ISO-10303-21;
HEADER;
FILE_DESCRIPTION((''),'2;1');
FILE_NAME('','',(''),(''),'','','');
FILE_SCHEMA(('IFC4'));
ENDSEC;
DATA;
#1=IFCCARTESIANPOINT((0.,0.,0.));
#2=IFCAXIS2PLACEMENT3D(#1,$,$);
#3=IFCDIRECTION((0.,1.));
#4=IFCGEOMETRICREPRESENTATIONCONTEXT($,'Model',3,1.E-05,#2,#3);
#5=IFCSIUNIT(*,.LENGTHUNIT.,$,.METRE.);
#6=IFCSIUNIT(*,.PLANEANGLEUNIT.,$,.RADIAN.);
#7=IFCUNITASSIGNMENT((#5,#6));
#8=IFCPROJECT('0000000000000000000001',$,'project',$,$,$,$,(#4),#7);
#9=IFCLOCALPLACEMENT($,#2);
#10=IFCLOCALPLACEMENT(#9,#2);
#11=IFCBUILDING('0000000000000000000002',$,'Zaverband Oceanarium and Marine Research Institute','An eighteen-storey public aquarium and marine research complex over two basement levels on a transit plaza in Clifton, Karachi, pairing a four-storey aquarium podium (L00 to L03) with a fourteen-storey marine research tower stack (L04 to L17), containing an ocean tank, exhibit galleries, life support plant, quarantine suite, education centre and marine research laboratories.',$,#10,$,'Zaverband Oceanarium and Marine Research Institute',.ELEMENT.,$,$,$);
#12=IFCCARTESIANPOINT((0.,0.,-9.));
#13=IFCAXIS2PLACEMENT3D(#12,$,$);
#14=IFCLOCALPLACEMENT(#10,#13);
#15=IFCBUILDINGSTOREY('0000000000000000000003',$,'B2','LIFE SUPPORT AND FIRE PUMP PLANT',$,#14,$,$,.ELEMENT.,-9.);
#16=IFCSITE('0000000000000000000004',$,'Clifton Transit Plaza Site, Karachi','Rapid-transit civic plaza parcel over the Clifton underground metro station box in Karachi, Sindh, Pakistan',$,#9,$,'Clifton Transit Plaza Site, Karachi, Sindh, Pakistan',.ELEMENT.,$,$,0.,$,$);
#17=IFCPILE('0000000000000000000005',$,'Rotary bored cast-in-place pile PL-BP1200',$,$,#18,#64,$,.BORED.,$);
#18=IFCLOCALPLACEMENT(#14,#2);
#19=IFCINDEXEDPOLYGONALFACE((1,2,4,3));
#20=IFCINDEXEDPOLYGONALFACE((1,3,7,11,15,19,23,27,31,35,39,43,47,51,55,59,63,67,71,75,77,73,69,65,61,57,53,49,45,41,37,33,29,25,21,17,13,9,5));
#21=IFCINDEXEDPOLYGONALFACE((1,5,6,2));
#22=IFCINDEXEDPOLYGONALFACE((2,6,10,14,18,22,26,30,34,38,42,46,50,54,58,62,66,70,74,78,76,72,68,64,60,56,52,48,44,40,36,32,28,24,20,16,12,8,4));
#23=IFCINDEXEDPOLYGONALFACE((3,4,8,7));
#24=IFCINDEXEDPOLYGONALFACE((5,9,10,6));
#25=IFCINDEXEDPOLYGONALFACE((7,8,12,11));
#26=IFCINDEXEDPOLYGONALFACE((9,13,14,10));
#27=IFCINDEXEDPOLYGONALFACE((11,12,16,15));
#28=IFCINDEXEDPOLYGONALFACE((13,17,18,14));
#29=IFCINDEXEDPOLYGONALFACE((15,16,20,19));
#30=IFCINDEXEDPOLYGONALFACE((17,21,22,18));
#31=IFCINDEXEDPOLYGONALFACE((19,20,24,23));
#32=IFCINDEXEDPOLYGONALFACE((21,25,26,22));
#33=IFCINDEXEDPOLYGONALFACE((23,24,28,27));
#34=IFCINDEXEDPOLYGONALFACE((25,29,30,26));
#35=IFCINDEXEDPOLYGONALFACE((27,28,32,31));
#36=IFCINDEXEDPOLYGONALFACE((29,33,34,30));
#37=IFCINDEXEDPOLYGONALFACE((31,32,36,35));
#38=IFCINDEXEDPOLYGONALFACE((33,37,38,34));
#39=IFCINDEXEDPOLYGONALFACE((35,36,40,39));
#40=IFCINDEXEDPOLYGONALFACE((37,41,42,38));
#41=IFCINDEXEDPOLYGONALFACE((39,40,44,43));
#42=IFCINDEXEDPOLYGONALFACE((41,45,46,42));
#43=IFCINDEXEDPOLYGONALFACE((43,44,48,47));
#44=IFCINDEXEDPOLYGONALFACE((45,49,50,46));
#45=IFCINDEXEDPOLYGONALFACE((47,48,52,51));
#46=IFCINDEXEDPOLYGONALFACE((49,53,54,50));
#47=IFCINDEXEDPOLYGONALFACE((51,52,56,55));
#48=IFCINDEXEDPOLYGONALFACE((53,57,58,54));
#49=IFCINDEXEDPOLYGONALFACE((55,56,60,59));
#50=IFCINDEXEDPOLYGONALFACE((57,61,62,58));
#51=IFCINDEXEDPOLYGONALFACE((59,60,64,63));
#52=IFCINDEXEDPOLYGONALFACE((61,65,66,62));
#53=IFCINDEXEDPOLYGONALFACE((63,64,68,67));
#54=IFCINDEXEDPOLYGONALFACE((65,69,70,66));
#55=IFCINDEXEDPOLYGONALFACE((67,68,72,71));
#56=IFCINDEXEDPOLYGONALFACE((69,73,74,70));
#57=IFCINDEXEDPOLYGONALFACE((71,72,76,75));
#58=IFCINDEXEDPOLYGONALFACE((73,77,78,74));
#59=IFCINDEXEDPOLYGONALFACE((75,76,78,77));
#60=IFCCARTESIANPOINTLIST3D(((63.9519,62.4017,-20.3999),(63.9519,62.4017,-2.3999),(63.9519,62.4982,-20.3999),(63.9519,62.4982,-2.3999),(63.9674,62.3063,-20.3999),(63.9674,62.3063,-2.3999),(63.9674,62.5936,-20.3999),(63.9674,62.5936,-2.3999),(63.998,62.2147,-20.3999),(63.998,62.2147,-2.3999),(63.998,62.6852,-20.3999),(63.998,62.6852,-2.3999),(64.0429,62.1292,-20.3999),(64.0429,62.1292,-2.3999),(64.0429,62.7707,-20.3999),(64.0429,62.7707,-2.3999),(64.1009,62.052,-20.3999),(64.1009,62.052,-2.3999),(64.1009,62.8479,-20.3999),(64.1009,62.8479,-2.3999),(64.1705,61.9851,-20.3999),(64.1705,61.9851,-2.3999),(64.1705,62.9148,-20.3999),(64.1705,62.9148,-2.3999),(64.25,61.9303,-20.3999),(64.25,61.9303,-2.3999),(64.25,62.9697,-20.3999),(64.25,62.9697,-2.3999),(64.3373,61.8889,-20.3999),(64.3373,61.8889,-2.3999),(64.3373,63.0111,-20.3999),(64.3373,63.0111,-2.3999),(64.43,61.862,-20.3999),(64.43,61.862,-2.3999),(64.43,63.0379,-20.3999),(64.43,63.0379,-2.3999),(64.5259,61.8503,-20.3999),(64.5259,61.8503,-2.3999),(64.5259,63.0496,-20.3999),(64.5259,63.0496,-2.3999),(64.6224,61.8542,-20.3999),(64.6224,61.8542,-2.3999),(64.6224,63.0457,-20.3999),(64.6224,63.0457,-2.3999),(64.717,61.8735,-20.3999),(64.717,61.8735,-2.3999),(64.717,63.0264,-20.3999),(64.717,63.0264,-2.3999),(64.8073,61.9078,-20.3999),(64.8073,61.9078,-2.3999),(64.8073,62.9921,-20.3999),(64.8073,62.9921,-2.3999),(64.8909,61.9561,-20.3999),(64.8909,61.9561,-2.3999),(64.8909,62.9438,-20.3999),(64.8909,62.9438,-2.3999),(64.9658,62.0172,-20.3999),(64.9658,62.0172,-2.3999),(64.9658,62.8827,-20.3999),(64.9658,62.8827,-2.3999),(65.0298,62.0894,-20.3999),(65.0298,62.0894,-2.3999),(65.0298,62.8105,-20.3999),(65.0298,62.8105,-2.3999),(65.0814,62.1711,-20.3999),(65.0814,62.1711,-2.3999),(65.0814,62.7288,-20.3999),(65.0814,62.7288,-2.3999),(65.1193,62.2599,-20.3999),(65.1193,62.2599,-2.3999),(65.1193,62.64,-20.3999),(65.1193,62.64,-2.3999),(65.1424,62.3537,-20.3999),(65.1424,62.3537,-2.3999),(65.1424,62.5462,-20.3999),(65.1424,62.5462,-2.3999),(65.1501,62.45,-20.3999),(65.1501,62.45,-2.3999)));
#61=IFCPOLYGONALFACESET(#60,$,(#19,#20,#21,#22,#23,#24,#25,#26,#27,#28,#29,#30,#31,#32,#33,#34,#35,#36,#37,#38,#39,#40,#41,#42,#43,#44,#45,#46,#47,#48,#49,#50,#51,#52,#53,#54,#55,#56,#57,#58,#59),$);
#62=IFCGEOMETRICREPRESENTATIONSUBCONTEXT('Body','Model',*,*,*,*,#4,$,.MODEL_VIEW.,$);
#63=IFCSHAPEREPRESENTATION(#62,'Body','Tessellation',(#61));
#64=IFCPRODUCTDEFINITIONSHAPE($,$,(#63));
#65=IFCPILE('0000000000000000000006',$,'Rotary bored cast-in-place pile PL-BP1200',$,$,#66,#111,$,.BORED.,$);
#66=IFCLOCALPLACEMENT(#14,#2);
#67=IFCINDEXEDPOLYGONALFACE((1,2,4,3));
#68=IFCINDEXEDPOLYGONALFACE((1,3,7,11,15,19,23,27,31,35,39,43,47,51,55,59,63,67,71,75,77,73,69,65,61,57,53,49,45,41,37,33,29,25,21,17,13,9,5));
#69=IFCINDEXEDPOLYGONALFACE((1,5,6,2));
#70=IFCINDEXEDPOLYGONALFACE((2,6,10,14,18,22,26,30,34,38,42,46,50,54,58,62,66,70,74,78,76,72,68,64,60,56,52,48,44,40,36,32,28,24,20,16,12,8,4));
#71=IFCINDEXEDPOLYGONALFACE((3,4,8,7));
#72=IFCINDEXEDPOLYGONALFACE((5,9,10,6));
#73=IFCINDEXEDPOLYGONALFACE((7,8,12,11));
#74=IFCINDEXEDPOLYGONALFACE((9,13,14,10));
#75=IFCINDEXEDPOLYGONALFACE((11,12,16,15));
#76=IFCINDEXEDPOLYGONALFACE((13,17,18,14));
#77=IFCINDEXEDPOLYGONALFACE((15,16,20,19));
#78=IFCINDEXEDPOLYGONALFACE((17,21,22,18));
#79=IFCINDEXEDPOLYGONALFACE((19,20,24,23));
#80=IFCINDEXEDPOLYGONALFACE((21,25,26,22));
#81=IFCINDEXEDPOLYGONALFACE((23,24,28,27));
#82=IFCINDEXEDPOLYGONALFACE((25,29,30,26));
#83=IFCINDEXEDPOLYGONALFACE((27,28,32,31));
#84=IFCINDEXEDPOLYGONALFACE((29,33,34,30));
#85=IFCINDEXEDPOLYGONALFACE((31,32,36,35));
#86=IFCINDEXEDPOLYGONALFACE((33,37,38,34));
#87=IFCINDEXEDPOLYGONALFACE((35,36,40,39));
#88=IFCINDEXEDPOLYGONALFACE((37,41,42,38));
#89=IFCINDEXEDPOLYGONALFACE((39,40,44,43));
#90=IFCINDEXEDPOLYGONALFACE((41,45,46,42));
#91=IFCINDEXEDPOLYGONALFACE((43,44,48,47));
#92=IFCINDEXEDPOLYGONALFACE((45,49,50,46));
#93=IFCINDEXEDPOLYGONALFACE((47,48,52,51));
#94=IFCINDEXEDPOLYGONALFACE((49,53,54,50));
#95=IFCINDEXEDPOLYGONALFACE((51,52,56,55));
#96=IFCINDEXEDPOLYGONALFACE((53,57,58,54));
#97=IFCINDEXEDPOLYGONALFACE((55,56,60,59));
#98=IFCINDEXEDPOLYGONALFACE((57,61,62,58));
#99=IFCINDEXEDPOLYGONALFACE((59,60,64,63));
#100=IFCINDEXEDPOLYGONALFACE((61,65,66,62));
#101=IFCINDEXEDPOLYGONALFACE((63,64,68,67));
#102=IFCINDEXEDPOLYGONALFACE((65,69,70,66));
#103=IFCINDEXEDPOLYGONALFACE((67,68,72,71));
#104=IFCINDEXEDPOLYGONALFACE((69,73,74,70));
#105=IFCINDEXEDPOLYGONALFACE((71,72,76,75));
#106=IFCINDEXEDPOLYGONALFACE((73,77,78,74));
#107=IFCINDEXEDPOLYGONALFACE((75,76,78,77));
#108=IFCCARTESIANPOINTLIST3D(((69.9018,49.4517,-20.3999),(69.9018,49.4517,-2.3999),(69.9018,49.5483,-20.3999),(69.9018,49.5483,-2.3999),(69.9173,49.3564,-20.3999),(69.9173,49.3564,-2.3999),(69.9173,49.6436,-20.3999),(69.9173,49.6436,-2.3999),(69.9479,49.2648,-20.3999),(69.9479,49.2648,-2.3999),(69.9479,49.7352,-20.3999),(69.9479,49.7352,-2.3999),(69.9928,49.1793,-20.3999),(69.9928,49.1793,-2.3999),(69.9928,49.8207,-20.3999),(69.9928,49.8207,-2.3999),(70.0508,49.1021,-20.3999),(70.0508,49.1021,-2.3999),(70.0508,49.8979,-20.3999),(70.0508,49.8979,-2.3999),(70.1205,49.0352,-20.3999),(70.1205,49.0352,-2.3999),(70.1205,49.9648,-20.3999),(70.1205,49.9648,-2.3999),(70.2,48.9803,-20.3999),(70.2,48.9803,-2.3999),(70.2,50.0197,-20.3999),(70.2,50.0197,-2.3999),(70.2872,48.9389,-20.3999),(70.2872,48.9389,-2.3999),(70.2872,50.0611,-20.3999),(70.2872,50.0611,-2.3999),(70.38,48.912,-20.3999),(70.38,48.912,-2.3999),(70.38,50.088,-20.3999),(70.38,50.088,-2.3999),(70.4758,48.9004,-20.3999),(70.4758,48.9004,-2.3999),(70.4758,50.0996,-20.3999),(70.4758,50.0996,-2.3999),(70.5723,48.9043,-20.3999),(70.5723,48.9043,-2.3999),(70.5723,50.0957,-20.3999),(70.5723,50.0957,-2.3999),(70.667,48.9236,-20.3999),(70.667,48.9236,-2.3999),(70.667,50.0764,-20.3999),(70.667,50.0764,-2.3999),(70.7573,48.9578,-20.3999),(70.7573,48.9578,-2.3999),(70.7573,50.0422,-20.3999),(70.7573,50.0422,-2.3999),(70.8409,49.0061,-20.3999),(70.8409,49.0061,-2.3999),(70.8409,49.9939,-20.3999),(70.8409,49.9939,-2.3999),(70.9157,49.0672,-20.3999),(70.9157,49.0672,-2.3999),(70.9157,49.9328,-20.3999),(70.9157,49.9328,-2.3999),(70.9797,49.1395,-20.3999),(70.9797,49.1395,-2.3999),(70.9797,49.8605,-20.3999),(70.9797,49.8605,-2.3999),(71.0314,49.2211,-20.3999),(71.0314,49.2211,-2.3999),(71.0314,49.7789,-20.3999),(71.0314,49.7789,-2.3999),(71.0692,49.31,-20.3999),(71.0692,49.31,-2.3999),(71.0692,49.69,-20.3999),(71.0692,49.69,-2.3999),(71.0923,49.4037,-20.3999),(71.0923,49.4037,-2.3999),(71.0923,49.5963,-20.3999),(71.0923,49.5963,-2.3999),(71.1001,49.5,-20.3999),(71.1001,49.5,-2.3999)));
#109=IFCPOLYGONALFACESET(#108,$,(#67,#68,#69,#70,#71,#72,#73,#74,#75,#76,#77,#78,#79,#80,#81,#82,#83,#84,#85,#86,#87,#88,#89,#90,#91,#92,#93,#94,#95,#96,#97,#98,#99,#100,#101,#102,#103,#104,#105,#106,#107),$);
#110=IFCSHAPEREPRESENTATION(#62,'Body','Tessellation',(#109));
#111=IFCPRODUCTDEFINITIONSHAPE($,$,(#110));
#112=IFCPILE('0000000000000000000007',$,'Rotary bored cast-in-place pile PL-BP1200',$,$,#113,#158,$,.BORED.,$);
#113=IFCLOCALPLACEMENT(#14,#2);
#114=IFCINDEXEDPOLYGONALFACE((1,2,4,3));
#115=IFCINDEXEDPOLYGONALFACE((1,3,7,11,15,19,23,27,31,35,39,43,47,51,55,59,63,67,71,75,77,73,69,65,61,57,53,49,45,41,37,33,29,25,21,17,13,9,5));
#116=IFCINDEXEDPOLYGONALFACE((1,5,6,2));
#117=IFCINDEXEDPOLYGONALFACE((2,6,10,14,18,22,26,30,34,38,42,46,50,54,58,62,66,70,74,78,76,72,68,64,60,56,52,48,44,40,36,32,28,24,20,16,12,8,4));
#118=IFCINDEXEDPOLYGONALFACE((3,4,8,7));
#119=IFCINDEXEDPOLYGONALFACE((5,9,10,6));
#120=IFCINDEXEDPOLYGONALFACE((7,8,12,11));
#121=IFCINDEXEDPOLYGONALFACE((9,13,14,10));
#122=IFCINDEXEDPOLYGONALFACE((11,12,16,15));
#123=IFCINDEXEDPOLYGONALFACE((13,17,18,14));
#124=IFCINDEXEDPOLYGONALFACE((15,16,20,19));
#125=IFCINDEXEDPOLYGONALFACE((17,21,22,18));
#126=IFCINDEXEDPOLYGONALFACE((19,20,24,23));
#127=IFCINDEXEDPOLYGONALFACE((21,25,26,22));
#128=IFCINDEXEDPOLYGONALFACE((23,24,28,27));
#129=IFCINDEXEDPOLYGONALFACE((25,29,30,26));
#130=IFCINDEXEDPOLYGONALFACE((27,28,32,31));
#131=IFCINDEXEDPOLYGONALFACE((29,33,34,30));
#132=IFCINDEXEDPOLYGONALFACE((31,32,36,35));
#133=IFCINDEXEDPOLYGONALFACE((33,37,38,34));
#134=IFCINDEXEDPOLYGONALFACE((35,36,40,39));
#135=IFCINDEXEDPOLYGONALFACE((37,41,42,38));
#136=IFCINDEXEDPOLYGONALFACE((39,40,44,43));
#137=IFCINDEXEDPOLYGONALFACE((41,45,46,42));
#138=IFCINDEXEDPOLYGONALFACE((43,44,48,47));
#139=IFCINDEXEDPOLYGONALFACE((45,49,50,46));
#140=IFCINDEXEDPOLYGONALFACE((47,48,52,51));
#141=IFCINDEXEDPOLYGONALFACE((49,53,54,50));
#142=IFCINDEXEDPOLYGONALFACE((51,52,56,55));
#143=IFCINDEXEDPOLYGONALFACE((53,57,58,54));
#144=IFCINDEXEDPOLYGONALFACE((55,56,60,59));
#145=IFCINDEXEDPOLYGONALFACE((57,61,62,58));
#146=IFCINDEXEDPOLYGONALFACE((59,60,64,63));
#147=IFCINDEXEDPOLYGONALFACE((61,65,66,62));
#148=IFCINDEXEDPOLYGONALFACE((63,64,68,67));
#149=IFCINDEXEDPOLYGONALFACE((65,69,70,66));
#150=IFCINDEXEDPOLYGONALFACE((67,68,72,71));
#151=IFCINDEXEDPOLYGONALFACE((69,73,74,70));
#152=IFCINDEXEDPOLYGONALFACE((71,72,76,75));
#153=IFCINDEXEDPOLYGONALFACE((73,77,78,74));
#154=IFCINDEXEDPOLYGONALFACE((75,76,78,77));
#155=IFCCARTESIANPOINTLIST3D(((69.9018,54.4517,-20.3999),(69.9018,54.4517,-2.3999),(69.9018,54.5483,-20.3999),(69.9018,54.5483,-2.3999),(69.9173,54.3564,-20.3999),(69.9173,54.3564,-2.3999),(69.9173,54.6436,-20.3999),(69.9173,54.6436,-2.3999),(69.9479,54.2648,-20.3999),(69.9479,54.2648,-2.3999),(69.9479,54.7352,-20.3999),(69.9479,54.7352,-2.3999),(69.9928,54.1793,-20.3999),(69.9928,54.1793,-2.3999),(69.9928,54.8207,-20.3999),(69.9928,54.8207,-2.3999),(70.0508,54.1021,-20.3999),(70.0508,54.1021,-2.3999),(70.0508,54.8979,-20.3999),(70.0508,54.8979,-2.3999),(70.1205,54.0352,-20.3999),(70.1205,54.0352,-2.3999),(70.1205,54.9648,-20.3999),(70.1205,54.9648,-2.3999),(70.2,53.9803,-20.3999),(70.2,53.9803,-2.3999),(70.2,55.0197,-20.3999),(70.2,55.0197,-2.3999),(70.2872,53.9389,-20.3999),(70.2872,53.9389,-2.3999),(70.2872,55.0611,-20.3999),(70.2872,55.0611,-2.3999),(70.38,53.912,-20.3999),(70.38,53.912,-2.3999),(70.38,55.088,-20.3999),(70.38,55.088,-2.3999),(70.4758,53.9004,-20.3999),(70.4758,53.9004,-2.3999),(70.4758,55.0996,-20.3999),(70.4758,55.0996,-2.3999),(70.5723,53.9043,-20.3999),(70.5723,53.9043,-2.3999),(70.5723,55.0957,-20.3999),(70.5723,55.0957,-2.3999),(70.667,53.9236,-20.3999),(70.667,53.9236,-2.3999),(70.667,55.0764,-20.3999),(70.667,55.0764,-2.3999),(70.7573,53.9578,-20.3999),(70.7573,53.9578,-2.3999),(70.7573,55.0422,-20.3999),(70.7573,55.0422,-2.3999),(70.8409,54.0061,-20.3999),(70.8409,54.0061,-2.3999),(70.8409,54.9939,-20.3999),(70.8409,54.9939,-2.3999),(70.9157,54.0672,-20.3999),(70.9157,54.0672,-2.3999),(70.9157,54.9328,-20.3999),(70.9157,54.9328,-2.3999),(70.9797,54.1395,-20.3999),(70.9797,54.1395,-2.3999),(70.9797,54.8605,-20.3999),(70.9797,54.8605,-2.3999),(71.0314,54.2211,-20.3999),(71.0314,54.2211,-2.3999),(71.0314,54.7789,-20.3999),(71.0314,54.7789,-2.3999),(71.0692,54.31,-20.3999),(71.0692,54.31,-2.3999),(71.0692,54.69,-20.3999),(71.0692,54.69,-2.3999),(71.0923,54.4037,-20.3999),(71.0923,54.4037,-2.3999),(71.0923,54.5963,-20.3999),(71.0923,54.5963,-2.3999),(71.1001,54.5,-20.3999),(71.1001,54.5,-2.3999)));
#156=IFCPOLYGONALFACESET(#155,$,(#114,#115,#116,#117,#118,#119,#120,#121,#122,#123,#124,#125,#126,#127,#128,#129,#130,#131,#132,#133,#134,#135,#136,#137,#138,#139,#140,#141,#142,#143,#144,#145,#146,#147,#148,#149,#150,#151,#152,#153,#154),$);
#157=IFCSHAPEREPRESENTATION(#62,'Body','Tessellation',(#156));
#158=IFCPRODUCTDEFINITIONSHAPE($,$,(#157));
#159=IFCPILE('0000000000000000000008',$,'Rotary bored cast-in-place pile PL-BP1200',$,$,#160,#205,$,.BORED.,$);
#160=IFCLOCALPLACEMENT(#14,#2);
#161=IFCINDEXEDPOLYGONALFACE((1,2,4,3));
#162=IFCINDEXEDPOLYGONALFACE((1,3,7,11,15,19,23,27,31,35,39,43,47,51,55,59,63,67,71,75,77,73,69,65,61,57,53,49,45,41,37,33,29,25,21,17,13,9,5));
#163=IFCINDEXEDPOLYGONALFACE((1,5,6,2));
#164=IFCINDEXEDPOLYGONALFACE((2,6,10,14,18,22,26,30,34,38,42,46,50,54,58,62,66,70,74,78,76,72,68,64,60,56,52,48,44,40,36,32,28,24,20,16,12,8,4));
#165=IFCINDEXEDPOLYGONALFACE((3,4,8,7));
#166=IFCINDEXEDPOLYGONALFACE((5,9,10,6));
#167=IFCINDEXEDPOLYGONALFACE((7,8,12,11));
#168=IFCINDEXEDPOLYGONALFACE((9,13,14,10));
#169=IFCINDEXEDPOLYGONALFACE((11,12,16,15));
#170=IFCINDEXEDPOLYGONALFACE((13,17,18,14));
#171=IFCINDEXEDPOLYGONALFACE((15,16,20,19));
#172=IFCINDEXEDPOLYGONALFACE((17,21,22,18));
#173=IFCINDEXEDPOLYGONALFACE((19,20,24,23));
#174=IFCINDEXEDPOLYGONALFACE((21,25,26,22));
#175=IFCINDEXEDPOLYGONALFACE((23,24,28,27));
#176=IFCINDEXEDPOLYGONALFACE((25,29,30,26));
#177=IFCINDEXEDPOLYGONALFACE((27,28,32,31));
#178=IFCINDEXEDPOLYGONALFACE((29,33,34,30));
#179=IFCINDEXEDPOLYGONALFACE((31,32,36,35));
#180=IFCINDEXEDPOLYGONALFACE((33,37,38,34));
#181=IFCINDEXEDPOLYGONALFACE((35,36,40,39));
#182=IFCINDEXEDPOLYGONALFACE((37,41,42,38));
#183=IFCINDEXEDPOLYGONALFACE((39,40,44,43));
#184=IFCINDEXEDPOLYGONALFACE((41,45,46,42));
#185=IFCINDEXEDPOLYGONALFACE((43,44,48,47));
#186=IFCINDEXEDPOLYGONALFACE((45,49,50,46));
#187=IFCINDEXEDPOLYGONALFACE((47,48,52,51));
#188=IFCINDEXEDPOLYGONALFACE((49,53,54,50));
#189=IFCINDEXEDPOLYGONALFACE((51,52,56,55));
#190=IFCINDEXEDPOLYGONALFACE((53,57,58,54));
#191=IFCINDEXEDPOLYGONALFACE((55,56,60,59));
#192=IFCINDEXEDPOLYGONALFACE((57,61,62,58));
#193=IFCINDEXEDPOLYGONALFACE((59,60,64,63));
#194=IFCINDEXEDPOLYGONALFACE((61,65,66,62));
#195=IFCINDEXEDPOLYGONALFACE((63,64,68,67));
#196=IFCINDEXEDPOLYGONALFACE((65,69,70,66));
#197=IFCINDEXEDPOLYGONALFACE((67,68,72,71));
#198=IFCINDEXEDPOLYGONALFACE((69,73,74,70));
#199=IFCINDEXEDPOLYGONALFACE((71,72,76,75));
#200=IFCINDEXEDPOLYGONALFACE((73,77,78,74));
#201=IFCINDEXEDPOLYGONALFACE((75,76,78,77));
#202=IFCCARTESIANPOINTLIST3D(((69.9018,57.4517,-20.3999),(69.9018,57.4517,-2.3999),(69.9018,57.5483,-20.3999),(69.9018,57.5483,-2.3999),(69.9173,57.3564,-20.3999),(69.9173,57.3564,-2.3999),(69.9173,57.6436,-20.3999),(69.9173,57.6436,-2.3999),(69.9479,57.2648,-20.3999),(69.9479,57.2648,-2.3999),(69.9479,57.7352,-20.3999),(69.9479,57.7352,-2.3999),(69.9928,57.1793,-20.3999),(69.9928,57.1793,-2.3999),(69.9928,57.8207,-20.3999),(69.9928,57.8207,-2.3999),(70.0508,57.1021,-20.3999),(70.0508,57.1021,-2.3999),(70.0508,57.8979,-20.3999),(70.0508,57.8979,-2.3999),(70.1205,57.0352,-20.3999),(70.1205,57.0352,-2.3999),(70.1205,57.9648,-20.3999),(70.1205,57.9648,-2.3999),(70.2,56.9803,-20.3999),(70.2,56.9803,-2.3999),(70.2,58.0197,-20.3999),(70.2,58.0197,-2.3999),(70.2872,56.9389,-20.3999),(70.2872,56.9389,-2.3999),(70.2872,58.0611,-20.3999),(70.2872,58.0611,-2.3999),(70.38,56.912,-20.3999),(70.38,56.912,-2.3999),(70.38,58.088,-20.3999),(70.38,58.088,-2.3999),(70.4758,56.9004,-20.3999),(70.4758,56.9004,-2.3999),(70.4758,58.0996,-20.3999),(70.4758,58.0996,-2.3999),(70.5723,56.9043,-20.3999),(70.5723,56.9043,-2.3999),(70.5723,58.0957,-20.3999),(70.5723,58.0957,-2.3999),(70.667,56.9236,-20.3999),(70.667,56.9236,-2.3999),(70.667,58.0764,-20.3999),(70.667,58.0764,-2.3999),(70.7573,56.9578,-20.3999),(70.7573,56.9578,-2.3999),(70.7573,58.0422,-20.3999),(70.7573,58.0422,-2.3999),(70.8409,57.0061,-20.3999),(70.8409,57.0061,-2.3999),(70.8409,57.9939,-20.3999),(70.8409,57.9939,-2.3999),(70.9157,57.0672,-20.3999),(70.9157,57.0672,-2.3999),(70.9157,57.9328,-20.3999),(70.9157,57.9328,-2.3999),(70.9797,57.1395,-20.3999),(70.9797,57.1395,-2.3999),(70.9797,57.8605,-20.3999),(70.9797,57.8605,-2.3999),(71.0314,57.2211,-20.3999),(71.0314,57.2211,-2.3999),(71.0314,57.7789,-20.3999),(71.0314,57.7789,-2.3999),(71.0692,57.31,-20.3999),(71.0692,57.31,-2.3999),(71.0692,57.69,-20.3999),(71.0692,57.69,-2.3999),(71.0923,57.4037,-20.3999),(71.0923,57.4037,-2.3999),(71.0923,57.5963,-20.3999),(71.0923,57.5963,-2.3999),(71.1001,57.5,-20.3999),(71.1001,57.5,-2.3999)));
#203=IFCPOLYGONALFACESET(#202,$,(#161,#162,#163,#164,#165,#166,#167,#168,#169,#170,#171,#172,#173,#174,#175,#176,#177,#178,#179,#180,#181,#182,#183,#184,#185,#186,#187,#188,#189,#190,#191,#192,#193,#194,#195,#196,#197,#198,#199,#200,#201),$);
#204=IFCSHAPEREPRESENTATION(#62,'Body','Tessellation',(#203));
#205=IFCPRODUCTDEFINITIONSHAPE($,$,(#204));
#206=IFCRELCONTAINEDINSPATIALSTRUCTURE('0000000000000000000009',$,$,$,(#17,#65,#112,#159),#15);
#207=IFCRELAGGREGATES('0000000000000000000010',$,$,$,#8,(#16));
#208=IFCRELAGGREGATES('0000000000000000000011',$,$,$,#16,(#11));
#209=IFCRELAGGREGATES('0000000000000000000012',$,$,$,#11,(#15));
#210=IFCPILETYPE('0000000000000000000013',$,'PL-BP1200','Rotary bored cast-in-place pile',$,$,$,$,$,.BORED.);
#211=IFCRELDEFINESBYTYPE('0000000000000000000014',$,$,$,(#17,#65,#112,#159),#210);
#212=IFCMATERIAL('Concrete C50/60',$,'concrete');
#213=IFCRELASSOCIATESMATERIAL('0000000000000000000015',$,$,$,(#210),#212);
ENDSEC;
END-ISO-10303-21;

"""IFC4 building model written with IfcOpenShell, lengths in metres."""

from ifc_helpers import new_model, si_unit, direction, frame, origin, origin_2d, place, context, subcontext, project, spatial, circle, extrude, material, material_profile, profile_set, type_object, element, save


model = new_model("IFC4")

# Units and contexts
model_context = context("Model", 3, precision=1e-05, world=origin(), true_north=direction((0.0, 1.0)))
body_context = subcontext(model_context, "Body", "Model", "MODEL_VIEW")
ifc_project = project(units=[si_unit("LENGTHUNIT", "METRE"), si_unit("PLANEANGLEUNIT", "RADIAN")], contexts=[model_context])

# Site, building, storey
site_placement = place(None, origin())
site = spatial("IfcSite", under=ifc_project, at=site_placement, Name="Clifton Transit Plaza Site, Karachi", Description="Rapid-transit civic plaza parcel over the Clifton underground metro station box in Karachi, Sindh, Pakistan", LongName="Clifton Transit Plaza Site, Karachi, Sindh, Pakistan", CompositionType="ELEMENT", RefElevation=0.0)
building_placement = place(site_placement, origin())
building = spatial("IfcBuilding", under=site, at=building_placement, Name="Zaverband Oceanarium and Marine Research Institute", Description="An eighteen-storey public aquarium and marine research complex over two basement levels on a transit plaza in Clifton, Karachi, pairing a four-storey aquarium podium (L00 to L03) with a fourteen-storey marine research tower stack (L04 to L17), containing an ocean tank, exhibit galleries, life support plant, quarantine suite, education centre and marine research laboratories.", LongName="Zaverband Oceanarium and Marine Research Institute", CompositionType="ELEMENT")
storey_placement = place(building_placement, frame((0.0, 0.0, -9.0)))
storey = spatial("IfcBuildingStorey", under=building, at=storey_placement, Name="B2", Description="LIFE SUPPORT AND FIRE PUMP PLANT", CompositionType="ELEMENT", Elevation=-9.0)

# Shared definitions
ifc_material_1 = material(Name="Concrete C50/60", Category="concrete")

# Piles
ifc_material_profile_1 = material_profile(ifc_material_1, circle(Radius=0.6001, at=origin_2d()), Name="BP1200")
ifc_profile_set_1 = profile_set([ifc_material_profile_1], Name="Concrete C50/60")
pile_type = type_object("IfcPileType", Name="PL-BP1200", Description="Rotary bored cast-in-place pile", PredefinedType="BORED", material=ifc_profile_set_1)
for number, where, z_axis, x_axis, name in (
    (1, (64.55, 62.45, -2.3999), (0.0, 0.0, -1.0), (1.0, 0.0, 0.0), "Rotary bored cast-in-place pile PL-BP1200"),
    (2, (70.5, 49.5, -2.3999), (0.0, 0.0, -1.0), (1.0, 0.0, 0.0), "Rotary bored cast-in-place pile PL-BP1200"),
    (3, (70.5, 54.5, -2.3999), (0.0, 0.0, -1.0), (1.0, 0.0, 0.0), "Rotary bored cast-in-place pile PL-BP1200"),
    (4, (70.5, 57.5, -2.3999), (0.0, 0.0, -1.0), (1.0, 0.0, 0.0), "Rotary bored cast-in-place pile PL-BP1200"),
):
    element("IfcPile", number, at=place(storey_placement, frame(where, z_axis=z_axis, x_axis=x_axis)), inside=storey, type_object=pile_type, Name=name, PredefinedType="BORED", context=body_context, shape_type="SweptSolid", body=[
        extrude(circle(Radius=0.6001, at=origin_2d()), origin(), (0.0, 0.0, 1.0), 18.0),
    ])

save(model, "model.ifc")
